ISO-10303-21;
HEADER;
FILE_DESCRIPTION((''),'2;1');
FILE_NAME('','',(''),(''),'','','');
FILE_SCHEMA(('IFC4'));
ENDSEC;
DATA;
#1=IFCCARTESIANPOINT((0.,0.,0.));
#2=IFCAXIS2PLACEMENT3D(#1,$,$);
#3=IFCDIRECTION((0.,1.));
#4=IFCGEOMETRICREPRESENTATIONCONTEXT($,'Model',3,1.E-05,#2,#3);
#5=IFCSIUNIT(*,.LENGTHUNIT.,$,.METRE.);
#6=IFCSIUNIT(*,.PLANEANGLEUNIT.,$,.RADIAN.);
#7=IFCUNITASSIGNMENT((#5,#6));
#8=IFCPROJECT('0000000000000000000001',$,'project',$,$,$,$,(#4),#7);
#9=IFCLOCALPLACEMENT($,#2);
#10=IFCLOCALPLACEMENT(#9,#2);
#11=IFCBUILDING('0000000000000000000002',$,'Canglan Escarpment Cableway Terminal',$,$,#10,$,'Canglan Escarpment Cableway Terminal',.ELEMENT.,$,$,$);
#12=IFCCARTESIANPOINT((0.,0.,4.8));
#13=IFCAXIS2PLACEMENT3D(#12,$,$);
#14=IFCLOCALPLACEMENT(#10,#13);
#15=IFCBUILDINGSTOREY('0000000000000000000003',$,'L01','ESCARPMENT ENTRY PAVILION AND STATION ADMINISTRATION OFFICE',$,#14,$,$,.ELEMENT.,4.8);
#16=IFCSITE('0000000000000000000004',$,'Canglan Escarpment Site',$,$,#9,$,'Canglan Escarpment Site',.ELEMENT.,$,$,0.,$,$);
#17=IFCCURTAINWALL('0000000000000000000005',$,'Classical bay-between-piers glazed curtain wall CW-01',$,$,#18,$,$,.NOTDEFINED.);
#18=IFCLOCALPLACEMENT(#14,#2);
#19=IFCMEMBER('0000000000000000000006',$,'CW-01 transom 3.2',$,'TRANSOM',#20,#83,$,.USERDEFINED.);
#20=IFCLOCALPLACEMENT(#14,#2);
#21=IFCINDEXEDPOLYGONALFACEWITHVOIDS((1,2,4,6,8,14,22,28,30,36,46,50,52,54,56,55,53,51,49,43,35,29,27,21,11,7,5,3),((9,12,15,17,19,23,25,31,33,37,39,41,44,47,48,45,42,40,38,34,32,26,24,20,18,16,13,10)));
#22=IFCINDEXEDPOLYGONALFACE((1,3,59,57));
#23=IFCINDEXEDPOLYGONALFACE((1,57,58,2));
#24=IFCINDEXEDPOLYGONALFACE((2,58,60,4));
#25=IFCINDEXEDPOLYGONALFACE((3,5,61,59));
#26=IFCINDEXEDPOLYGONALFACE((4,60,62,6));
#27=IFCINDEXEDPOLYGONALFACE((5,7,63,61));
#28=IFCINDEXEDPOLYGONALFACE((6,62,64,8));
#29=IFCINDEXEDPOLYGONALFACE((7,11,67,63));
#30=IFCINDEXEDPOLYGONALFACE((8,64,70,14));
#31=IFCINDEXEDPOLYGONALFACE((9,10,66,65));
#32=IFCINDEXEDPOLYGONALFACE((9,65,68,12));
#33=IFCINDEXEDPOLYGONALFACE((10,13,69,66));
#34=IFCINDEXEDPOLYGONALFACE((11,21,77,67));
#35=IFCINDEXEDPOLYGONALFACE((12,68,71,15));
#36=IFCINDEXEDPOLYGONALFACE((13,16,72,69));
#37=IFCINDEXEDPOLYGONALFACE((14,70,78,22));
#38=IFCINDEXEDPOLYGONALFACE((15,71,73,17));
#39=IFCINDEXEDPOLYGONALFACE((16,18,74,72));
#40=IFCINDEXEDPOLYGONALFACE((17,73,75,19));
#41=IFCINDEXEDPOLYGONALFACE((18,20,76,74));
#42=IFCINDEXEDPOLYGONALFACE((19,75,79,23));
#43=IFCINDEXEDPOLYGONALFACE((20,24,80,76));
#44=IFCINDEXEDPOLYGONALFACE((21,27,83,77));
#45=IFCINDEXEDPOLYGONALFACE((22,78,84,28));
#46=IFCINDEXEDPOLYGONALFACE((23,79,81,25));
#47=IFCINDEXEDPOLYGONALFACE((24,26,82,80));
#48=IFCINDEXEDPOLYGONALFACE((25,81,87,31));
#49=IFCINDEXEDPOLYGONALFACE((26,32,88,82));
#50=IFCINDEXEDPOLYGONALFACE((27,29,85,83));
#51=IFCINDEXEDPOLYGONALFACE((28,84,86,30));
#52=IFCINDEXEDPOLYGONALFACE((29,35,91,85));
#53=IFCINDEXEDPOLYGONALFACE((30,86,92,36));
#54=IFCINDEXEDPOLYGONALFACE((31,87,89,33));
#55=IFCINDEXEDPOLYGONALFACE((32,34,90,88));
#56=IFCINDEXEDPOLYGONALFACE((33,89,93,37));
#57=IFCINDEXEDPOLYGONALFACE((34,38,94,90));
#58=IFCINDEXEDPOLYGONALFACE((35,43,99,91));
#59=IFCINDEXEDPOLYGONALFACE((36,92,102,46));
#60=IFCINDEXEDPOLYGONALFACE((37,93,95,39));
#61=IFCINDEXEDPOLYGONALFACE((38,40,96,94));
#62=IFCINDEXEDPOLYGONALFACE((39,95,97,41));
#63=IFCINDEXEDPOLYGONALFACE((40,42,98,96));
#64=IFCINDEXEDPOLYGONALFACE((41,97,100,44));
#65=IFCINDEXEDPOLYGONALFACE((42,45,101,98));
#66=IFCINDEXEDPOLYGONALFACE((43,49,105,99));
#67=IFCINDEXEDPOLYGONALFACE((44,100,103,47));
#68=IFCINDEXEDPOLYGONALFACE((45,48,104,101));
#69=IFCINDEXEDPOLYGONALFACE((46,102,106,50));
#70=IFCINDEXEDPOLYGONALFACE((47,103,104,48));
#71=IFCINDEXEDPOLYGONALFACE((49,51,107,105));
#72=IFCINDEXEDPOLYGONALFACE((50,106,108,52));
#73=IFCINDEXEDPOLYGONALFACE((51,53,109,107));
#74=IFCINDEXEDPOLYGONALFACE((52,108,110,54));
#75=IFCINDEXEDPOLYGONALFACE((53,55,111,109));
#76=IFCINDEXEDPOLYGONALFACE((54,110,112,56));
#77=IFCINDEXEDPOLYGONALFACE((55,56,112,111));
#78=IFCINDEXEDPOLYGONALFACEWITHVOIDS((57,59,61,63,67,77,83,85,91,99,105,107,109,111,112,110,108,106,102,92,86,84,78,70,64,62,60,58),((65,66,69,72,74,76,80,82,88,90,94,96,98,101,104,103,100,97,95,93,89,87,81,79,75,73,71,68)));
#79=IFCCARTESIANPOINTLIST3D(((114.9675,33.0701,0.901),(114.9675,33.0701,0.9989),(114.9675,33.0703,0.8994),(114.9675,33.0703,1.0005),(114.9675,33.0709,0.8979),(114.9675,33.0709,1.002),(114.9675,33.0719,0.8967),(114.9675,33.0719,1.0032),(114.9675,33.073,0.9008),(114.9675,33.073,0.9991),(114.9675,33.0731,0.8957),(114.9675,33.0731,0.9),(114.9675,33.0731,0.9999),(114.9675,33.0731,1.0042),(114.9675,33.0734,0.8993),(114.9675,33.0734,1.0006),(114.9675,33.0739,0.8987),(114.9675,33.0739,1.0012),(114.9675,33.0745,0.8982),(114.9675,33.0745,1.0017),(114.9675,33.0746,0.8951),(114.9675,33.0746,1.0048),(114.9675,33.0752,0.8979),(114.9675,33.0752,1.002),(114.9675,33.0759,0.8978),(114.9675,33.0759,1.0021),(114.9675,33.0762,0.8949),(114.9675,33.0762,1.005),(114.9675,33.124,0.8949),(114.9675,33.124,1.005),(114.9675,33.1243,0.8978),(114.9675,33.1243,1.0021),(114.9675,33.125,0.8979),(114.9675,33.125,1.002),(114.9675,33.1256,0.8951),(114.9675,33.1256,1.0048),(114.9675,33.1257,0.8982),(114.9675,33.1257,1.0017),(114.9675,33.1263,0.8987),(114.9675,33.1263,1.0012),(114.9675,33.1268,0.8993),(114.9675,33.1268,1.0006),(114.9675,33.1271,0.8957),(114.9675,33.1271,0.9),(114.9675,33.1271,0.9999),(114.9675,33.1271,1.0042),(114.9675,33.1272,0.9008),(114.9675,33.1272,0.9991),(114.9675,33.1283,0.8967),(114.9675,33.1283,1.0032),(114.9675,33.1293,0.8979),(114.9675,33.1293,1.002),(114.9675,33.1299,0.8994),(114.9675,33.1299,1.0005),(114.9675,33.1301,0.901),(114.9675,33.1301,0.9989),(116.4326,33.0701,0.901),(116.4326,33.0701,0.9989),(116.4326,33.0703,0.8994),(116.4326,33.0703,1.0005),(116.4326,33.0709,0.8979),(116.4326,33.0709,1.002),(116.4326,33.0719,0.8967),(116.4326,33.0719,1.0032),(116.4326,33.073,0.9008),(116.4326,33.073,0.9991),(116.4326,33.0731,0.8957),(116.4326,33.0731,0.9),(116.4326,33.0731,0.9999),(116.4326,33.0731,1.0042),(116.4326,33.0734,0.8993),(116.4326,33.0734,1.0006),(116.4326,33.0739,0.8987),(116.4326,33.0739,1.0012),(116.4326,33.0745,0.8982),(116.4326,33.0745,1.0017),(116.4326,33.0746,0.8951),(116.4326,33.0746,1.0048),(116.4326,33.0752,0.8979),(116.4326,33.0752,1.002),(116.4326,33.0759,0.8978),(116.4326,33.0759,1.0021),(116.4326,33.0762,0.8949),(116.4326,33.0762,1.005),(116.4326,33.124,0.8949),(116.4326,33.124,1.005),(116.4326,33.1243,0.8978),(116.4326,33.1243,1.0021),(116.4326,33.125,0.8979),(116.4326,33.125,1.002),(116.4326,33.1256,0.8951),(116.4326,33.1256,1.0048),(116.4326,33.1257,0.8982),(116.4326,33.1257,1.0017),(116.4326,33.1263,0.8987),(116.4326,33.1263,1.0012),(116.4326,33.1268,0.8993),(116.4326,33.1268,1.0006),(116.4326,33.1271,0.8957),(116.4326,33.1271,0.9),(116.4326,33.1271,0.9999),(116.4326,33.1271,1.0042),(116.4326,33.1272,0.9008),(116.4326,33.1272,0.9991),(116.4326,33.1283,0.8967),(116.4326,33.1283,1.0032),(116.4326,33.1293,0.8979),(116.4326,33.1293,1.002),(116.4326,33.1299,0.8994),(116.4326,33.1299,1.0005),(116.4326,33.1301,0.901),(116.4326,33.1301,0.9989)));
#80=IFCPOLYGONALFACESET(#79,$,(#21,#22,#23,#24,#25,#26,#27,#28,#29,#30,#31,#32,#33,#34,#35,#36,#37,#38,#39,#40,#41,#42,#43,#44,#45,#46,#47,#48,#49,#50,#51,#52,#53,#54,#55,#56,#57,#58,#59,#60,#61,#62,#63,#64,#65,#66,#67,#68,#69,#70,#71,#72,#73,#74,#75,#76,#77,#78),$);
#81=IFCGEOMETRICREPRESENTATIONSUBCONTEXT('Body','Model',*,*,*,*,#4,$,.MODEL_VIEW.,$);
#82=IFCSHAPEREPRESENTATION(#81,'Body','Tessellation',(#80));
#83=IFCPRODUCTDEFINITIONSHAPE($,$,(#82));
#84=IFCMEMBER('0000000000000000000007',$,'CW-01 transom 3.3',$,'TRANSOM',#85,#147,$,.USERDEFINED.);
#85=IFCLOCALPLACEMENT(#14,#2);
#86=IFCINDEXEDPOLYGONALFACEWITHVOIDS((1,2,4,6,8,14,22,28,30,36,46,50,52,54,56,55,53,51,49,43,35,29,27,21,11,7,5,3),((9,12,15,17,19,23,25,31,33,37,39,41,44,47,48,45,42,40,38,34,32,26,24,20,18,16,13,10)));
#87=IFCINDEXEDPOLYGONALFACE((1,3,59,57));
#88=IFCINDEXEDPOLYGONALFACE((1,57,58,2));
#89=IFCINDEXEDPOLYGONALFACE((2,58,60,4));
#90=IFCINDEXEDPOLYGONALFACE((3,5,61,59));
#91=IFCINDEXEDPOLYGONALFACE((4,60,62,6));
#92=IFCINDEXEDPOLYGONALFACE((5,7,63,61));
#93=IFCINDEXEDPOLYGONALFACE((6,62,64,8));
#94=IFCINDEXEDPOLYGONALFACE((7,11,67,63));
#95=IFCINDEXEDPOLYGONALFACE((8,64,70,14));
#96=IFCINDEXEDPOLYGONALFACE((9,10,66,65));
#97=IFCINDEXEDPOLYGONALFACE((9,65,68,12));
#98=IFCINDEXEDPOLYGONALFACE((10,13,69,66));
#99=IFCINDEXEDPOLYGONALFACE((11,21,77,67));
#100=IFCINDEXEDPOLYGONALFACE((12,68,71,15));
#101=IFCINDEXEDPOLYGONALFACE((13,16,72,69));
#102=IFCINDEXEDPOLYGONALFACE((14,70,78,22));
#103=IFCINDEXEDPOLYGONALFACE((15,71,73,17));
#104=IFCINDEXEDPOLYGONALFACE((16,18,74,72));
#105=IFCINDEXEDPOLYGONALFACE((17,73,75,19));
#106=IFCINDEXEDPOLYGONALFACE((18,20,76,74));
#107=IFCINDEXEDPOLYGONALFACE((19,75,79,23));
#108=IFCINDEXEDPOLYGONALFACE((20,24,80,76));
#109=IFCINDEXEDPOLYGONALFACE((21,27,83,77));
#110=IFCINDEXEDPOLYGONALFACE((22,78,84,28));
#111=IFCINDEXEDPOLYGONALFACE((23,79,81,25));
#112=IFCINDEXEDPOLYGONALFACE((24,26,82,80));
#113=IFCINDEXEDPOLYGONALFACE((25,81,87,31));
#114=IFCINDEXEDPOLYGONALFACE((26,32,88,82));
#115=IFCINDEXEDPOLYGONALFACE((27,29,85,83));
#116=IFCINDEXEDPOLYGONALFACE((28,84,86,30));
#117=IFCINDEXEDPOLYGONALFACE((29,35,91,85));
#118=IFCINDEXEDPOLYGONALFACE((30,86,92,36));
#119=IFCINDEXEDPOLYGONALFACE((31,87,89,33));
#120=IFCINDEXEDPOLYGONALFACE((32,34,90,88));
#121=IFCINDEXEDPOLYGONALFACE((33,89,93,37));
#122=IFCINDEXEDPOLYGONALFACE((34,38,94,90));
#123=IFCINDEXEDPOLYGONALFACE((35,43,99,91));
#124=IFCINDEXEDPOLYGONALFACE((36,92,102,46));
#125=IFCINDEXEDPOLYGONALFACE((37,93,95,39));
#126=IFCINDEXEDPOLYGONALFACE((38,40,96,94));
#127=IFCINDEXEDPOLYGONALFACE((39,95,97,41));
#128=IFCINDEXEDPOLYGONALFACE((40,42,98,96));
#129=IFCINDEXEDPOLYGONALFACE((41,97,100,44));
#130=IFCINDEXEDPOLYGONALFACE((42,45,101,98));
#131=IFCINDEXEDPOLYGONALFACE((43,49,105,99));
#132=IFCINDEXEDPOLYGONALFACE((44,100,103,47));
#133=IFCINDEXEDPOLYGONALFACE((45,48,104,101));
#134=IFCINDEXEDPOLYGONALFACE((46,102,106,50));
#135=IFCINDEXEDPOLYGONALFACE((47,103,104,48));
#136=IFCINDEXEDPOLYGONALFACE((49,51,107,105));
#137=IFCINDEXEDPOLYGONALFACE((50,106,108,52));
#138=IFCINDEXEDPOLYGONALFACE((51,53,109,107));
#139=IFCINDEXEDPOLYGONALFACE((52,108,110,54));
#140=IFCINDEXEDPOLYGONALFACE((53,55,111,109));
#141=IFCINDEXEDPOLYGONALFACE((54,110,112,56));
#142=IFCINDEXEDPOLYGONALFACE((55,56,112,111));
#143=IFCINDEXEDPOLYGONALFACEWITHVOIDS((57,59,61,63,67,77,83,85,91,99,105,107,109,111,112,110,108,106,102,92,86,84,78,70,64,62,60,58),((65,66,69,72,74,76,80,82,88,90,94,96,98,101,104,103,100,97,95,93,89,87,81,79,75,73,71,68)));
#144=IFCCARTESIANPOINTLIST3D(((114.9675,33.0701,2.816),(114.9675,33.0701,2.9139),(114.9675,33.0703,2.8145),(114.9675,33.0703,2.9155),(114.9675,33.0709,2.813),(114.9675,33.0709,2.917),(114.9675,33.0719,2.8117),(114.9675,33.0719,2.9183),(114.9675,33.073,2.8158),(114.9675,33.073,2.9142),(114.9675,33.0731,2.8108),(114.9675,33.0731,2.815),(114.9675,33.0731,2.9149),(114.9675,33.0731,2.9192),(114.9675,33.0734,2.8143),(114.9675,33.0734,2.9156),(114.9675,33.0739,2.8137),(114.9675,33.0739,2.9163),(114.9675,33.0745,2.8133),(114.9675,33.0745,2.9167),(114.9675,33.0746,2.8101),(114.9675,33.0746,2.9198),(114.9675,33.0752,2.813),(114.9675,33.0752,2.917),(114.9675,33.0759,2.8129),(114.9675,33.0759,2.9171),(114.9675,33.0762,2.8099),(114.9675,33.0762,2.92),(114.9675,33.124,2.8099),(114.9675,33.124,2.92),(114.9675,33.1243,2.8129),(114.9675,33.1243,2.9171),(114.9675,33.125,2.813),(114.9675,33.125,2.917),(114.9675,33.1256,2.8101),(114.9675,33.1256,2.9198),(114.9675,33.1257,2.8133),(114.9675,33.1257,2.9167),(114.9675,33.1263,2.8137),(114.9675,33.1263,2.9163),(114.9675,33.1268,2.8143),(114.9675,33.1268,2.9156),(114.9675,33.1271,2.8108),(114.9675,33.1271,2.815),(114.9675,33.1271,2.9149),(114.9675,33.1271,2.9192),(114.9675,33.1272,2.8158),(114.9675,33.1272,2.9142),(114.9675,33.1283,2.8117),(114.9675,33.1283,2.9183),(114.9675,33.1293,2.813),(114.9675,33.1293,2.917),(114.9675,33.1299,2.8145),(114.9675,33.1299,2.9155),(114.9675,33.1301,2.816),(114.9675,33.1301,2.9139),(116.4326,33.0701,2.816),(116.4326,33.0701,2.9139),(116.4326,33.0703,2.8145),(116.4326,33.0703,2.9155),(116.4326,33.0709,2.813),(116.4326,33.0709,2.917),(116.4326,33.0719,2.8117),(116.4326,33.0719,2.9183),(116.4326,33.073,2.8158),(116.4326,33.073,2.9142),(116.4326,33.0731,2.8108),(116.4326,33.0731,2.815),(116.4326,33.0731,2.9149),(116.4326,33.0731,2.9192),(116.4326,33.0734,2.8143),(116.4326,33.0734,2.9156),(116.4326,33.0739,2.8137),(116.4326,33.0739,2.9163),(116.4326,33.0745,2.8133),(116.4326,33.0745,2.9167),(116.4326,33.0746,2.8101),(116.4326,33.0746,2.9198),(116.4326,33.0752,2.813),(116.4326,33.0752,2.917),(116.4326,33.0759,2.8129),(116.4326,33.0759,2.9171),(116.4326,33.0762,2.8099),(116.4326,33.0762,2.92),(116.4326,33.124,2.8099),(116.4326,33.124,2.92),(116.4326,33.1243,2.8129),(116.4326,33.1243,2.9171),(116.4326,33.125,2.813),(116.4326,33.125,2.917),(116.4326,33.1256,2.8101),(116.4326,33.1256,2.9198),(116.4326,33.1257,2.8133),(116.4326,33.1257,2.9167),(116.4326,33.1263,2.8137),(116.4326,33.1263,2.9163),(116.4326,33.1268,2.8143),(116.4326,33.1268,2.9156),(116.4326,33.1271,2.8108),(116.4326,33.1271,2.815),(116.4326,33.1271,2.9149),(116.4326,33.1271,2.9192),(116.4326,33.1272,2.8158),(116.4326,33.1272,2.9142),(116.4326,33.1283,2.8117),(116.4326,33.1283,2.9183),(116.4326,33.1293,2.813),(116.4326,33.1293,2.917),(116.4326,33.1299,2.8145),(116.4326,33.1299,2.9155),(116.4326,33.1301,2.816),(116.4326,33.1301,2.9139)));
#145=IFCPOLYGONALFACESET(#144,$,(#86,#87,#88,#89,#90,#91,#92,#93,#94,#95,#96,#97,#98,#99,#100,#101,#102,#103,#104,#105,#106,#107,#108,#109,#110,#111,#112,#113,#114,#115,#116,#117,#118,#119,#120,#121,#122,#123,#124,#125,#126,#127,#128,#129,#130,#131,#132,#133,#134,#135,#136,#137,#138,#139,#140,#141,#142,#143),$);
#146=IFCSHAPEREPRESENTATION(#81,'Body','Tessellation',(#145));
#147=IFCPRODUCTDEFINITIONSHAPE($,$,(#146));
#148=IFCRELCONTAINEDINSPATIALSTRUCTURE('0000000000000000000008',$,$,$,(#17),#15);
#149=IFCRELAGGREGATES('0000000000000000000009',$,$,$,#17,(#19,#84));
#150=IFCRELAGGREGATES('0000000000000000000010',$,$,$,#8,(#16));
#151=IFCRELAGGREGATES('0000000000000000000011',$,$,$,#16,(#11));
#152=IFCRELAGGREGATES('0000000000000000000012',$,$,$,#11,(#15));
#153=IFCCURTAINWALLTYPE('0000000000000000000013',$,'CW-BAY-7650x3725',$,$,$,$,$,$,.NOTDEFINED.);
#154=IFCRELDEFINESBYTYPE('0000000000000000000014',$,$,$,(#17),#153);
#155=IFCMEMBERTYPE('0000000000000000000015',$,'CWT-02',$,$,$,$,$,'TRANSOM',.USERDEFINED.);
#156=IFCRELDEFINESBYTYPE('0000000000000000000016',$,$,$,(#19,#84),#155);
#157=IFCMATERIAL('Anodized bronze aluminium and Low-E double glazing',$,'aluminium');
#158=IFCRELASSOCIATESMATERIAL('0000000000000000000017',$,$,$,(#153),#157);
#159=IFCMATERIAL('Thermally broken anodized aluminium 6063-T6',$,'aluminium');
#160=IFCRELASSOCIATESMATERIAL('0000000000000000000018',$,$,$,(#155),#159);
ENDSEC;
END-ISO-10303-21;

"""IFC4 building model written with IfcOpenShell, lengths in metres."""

from ifc_helpers import new_model, si_unit, direction, frame, origin, origin_2d, place, context, subcontext, project, spatial, hollow_rectangle, extrude, material, material_profile, profile_set, type_object, element, aggregate, save


model = new_model("IFC4")

# Units and contexts
model_context = context("Model", 3, precision=1e-05, world=origin(), true_north=direction((0.0, 1.0)))
body_context = subcontext(model_context, "Body", "Model", "MODEL_VIEW")
ifc_project = project(units=[si_unit("LENGTHUNIT", "METRE"), si_unit("PLANEANGLEUNIT", "RADIAN")], contexts=[model_context])

# Site, building, storey
site_placement = place(None, origin())
site = spatial("IfcSite", under=ifc_project, at=site_placement, Name="Canglan Escarpment Site", LongName="Canglan Escarpment Site", CompositionType="ELEMENT", RefElevation=0.0)
building_placement = place(site_placement, origin())
building = spatial("IfcBuilding", under=site, at=building_placement, Name="Canglan Escarpment Cableway Terminal", LongName="Canglan Escarpment Cableway Terminal", CompositionType="ELEMENT")
storey_placement = place(building_placement, frame((0.0, 0.0, 4.8)))
storey = spatial("IfcBuildingStorey", under=building, at=storey_placement, Name="L01", Description="ESCARPMENT ENTRY PAVILION AND STATION ADMINISTRATION OFFICE", CompositionType="ELEMENT", Elevation=4.8)

# Curtain wall, members
ifc_material_1 = material(Name="Anodized bronze aluminium and Low-E double glazing", Category="aluminium")
curtain_wall_type = type_object("IfcCurtainWallType", Name="CW-BAY-7650x3725", PredefinedType="NOTDEFINED", material=ifc_material_1)
curtain_wall_placement = place(storey_placement, origin())
curtain_wall = element("IfcCurtainWall", 1, at=curtain_wall_placement, inside=storey, type_object=curtain_wall_type, Name="Classical bay-between-piers glazed curtain wall CW-01", PredefinedType="NOTDEFINED")
ifc_material_2 = material(Name="Thermally broken anodized aluminium 6063-T6", Category="aluminium")
ifc_material_profile_1 = material_profile(ifc_material_2, hollow_rectangle(XDim=0.0601, YDim=0.1101, WallThickness=0.0029, InnerFilletRadius=0.0029, OuterFilletRadius=0.0061, at=origin_2d()), Name="ALU-TRAN 60x110x3")
ifc_profile_set_1 = profile_set([ifc_material_profile_1], Name="Thermally broken anodized aluminium 6063-T6")
member_type_1 = type_object("IfcMemberType", Name="CWT-02", ElementType="TRANSOM", PredefinedType="USERDEFINED", material=ifc_profile_set_1)
member_1_placement = place(storey_placement, frame((116.4326, 33.1001, 0.95), z_axis=(-1.0, 0.0, 0.0), x_axis=(0.0, -1.0, 0.0)))
member_1 = element("IfcMember", 2, at=member_1_placement, type_object=member_type_1, Name="CW-01 transom 3.2", ObjectType="TRANSOM", PredefinedType="USERDEFINED", context=body_context, shape_type="SweptSolid", body=[
    extrude(hollow_rectangle(XDim=0.0601, YDim=0.1101, WallThickness=0.0029, InnerFilletRadius=0.0029, OuterFilletRadius=0.0061, at=origin_2d()), origin(), (0.0, 0.0, 1.0), 1.4651),
])
member_2_placement = place(storey_placement, frame((116.4326, 33.1001, 2.865), z_axis=(-1.0, 0.0, 0.0), x_axis=(0.0, -1.0, 0.0)))
member_2 = element("IfcMember", 3, at=member_2_placement, type_object=member_type_1, Name="CW-01 transom 3.3", ObjectType="TRANSOM", PredefinedType="USERDEFINED", context=body_context, shape_type="SweptSolid", body=[
    extrude(hollow_rectangle(XDim=0.0601, YDim=0.1101, WallThickness=0.0029, InnerFilletRadius=0.0029, OuterFilletRadius=0.0061, at=origin_2d()), origin(), (0.0, 0.0, 1.0), 1.4651),
])
aggregate(curtain_wall, [member_1, member_2])

save(model, "model.ifc")
